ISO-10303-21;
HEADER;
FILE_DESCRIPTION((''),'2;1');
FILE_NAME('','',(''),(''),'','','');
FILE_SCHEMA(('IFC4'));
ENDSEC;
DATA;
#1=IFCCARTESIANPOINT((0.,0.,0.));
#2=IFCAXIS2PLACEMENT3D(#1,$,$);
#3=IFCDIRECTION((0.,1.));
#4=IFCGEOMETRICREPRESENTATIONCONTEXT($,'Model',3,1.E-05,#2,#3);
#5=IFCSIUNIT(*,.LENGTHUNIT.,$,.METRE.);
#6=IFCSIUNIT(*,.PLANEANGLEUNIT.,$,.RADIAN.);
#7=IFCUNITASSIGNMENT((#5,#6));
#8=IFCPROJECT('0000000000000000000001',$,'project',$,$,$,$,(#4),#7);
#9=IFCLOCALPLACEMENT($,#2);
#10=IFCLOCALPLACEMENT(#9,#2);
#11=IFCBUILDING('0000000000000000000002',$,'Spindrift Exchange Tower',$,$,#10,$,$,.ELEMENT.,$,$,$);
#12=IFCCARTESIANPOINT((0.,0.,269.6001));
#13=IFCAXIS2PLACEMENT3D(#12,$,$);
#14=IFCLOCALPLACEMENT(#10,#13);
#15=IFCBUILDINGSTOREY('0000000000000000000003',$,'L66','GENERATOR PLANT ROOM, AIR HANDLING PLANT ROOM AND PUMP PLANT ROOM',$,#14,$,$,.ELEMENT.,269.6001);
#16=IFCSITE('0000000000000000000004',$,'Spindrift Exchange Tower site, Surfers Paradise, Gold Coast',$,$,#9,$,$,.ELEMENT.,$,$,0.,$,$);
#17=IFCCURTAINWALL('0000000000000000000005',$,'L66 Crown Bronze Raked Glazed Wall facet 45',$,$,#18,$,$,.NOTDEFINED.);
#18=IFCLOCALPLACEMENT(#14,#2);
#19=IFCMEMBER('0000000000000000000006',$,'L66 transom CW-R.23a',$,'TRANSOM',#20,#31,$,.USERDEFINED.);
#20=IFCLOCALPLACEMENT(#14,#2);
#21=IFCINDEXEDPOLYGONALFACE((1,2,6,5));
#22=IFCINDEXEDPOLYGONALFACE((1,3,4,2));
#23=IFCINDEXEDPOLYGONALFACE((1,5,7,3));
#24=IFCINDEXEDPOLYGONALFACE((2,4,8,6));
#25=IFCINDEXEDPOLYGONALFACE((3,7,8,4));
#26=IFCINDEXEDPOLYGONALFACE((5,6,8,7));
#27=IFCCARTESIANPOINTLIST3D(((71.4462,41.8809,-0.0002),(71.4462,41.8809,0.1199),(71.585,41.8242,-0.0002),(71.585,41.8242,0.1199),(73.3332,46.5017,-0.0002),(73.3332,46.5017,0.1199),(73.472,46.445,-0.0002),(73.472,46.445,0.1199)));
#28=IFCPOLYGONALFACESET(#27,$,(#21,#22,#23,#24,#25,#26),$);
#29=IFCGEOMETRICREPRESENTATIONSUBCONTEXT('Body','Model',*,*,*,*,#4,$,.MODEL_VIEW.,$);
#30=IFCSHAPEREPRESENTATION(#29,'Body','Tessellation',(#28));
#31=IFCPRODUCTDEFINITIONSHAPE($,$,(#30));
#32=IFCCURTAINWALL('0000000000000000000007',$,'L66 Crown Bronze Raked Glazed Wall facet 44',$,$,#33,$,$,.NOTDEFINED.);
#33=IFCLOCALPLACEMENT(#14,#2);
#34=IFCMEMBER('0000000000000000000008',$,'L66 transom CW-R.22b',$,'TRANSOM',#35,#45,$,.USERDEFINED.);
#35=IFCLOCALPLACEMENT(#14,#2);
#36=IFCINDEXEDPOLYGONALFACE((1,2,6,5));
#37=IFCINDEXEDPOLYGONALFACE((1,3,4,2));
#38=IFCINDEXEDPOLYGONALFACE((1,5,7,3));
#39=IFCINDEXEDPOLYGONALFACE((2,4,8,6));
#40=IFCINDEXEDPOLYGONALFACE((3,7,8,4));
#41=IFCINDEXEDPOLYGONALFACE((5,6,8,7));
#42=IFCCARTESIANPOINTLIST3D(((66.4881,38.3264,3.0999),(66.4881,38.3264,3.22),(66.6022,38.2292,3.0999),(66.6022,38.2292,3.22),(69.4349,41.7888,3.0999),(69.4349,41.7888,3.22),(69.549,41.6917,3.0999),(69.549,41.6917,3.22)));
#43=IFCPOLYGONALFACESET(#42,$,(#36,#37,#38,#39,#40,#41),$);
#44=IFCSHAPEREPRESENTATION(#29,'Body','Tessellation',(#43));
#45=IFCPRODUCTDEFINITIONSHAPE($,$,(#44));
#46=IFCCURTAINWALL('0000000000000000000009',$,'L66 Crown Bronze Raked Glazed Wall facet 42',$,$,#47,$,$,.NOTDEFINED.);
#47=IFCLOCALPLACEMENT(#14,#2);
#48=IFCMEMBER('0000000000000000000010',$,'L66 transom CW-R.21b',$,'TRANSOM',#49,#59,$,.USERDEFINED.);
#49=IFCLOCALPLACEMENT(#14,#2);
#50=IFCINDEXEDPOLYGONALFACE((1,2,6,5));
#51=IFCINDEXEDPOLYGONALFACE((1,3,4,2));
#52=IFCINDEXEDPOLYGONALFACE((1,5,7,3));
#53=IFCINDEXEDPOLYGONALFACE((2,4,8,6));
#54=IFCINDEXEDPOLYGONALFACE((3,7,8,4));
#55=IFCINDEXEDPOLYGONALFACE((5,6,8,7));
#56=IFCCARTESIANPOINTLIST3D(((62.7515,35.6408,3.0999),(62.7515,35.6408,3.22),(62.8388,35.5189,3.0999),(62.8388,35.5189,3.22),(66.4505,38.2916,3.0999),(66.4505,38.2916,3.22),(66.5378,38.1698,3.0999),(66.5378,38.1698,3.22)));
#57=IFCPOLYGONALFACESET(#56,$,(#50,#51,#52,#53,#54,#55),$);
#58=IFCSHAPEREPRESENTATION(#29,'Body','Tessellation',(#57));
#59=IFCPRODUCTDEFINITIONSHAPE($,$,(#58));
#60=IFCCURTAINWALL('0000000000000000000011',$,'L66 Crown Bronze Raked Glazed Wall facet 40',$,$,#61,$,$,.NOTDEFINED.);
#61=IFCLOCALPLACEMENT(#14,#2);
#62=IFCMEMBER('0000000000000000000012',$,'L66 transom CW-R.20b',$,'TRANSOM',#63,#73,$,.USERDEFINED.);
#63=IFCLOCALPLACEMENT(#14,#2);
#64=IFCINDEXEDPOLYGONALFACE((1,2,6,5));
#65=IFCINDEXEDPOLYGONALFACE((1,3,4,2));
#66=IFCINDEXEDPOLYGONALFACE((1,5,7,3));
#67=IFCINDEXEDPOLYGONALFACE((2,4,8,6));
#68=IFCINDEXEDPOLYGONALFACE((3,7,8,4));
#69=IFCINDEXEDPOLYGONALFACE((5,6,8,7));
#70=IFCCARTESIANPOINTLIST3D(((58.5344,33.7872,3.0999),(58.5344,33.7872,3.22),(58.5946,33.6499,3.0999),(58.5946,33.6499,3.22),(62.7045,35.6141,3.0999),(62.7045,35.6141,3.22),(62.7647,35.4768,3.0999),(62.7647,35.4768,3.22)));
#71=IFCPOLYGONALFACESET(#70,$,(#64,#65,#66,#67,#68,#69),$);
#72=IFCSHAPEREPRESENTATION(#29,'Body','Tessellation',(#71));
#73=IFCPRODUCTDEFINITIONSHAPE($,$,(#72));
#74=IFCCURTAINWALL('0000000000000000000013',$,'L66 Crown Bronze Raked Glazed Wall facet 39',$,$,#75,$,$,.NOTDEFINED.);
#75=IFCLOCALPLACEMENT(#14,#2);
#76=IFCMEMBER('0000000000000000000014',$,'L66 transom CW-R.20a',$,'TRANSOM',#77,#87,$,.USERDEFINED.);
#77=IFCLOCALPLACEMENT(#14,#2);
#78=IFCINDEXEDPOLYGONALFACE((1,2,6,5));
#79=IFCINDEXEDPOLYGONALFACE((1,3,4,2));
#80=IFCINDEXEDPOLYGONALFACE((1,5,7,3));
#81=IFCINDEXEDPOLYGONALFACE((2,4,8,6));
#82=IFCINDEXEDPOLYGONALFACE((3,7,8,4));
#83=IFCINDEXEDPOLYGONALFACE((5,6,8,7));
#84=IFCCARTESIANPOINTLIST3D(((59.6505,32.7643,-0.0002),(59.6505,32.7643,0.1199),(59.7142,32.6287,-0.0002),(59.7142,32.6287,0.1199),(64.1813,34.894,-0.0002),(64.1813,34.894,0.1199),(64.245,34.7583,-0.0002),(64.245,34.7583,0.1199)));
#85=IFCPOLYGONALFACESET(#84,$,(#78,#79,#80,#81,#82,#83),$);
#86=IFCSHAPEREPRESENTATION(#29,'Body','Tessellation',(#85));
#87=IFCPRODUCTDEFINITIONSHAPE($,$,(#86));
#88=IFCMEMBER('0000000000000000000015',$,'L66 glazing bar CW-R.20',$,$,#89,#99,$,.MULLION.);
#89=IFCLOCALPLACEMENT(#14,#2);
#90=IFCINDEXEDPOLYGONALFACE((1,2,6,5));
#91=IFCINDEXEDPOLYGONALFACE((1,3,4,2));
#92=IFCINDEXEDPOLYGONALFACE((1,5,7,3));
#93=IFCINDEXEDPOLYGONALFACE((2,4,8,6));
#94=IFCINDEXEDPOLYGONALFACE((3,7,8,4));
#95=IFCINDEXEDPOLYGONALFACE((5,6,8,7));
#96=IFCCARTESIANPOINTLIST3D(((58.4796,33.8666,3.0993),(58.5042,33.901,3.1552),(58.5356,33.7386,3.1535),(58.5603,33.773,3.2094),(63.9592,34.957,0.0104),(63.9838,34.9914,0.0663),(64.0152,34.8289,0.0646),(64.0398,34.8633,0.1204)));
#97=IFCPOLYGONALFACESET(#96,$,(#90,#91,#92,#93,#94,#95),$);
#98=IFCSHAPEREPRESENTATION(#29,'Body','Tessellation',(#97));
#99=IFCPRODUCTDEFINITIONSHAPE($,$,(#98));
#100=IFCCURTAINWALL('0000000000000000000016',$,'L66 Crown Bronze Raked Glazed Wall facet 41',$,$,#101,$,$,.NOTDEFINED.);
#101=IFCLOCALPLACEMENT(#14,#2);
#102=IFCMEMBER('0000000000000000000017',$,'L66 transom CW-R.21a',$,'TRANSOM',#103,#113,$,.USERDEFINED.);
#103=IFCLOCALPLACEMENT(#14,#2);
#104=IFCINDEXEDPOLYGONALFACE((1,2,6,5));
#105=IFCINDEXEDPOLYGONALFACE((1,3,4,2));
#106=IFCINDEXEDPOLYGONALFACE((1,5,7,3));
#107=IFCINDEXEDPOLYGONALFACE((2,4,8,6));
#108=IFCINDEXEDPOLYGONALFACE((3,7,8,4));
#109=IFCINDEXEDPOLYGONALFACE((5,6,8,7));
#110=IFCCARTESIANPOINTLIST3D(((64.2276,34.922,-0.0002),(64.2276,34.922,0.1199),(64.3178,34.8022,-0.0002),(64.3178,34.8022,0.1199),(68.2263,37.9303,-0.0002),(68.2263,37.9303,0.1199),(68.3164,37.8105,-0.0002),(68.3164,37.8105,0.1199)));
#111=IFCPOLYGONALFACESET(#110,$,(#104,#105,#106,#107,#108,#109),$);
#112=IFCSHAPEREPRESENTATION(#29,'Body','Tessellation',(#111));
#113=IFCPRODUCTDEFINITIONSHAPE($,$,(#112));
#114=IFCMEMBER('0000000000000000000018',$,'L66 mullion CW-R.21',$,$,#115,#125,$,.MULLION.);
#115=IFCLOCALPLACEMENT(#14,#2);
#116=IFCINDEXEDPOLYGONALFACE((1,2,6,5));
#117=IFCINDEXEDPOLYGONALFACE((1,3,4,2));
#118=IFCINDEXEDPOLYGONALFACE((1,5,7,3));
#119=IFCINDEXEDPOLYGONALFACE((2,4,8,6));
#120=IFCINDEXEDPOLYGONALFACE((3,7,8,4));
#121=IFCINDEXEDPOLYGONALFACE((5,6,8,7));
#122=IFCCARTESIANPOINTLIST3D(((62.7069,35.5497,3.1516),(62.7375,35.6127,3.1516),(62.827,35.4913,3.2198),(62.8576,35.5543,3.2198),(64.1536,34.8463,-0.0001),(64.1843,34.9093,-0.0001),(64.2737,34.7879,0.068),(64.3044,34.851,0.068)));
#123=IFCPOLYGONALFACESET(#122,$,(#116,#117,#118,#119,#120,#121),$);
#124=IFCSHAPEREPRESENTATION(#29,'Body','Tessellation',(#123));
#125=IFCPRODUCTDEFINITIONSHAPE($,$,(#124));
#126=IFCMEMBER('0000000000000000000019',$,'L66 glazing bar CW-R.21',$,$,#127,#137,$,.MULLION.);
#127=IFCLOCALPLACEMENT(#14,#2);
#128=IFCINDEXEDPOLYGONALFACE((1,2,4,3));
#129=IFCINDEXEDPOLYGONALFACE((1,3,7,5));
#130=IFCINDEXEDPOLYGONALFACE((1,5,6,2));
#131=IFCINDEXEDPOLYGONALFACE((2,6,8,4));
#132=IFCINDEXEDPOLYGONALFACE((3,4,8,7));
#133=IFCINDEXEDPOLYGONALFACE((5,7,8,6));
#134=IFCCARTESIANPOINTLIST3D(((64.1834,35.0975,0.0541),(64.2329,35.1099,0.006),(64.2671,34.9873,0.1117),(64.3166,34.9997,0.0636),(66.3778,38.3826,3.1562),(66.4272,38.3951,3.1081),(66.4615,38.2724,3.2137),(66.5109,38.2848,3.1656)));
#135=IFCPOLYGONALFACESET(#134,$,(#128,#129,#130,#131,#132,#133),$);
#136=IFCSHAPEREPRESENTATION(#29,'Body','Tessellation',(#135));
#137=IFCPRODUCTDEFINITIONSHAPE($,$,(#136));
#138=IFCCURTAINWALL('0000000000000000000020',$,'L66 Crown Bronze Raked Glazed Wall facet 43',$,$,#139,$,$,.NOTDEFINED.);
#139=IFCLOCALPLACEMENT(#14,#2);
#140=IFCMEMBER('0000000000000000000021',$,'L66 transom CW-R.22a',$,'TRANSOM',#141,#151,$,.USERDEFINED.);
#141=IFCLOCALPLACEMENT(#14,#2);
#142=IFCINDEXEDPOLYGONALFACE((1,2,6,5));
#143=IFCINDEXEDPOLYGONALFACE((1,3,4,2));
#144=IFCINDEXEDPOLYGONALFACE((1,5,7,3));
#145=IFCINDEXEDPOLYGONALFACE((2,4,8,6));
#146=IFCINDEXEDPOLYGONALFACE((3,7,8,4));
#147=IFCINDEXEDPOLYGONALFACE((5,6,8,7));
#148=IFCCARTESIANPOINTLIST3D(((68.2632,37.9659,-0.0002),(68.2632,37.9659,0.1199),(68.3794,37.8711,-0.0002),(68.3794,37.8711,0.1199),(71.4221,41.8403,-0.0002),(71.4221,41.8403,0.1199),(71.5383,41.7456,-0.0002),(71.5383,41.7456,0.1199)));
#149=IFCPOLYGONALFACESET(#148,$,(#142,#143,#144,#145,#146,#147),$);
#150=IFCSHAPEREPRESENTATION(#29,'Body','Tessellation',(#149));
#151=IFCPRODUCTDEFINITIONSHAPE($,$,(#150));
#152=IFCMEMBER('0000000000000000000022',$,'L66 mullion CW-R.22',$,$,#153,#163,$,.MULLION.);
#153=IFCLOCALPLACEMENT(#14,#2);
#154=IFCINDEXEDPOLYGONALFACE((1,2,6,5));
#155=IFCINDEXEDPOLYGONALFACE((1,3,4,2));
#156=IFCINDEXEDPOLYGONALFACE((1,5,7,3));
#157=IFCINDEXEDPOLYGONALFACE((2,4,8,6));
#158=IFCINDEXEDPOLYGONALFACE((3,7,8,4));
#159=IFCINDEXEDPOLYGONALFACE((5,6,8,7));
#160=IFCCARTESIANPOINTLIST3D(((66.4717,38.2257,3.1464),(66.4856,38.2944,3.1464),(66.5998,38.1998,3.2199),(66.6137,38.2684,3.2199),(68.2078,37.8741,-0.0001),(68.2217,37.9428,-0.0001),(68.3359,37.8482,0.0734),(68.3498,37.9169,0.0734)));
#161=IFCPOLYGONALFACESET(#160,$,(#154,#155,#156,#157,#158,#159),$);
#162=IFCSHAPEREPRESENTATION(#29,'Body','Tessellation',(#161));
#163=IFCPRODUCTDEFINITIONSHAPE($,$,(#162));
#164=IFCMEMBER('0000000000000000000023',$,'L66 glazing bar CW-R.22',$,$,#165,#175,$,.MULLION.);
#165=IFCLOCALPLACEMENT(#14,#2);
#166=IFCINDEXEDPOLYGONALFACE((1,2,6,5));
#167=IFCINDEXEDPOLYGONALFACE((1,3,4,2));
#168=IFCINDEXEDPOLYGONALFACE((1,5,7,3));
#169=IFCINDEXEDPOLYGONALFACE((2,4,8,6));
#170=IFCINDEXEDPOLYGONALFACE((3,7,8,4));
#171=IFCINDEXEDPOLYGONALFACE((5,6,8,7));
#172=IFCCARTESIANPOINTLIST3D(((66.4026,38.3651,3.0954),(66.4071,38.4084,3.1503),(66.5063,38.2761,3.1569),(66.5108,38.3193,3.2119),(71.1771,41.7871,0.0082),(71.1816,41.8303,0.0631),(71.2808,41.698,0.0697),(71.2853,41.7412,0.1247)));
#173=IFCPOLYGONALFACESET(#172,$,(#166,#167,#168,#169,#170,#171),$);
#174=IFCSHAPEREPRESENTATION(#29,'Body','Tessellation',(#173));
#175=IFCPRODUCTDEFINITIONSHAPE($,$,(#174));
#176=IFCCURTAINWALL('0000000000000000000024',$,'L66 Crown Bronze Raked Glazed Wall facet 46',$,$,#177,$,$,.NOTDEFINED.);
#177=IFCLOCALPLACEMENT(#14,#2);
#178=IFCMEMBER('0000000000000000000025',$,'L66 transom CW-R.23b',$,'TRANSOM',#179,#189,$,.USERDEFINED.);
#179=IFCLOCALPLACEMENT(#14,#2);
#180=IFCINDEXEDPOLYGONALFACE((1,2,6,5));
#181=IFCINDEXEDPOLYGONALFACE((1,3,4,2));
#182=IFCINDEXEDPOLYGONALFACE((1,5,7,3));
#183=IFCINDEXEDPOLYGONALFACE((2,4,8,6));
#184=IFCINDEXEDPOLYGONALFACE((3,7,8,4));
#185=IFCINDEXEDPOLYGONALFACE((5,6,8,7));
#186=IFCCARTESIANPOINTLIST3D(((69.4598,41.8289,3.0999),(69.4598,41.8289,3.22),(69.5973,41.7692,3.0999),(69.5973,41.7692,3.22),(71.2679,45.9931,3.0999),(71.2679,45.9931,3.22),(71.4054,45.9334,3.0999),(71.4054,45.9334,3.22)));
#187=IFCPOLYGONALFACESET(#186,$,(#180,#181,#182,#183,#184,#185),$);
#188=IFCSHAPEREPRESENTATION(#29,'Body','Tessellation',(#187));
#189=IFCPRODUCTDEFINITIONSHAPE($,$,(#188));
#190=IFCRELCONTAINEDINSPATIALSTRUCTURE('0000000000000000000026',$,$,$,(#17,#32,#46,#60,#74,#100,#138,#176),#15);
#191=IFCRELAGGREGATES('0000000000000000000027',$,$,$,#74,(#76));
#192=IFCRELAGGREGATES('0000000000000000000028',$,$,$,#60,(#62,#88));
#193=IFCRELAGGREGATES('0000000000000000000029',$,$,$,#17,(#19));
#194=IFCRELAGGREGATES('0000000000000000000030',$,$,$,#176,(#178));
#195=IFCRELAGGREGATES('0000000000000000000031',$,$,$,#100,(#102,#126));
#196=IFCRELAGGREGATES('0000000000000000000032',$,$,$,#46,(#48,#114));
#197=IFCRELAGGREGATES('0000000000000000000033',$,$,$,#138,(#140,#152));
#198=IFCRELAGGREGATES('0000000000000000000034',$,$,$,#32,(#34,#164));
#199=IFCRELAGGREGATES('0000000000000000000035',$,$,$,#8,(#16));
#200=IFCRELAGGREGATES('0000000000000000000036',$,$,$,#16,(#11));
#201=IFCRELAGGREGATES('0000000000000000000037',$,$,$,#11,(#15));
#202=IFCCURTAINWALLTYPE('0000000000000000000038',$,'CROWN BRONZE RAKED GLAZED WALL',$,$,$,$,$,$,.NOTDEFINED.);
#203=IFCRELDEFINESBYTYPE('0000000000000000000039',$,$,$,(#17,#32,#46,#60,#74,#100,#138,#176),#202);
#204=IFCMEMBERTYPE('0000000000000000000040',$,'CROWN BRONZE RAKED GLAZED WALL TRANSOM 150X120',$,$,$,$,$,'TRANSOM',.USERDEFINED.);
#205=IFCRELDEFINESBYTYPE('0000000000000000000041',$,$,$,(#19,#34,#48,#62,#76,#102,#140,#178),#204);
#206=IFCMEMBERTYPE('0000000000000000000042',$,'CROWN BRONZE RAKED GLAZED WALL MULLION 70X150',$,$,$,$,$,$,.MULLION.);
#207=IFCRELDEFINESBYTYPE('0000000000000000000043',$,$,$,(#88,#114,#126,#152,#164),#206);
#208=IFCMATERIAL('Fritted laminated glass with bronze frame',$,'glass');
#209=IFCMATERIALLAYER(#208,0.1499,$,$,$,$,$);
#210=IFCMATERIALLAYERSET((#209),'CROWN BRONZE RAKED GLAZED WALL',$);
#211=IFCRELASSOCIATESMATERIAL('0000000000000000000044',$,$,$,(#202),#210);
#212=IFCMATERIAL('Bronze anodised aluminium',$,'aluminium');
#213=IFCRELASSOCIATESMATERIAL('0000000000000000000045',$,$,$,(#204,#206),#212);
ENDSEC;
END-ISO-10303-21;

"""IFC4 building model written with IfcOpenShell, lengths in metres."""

from ifc_helpers import new_model, si_unit, direction, frame, origin, origin_2d, place, context, subcontext, project, spatial, rectangle, extrude, source, transform, mapped, material, layer, layer_set, material_profile, profile_set, type_object, element, aggregate, save


model = new_model("IFC4")

# Units and contexts
model_context = context("Model", 3, precision=1e-05, world=origin(), true_north=direction((0.0, 1.0)))
body_context = subcontext(model_context, "Body", "Model", "MODEL_VIEW")
ifc_project = project(units=[si_unit("LENGTHUNIT", "METRE"), si_unit("PLANEANGLEUNIT", "RADIAN")], contexts=[model_context])

# Site, building, storey
site_placement = place(None, origin())
site = spatial("IfcSite", under=ifc_project, at=site_placement, Name="Spindrift Exchange Tower site, Surfers Paradise, Gold Coast", CompositionType="ELEMENT", RefElevation=0.0)
building_placement = place(site_placement, origin())
building = spatial("IfcBuilding", under=site, at=building_placement, Name="Spindrift Exchange Tower", CompositionType="ELEMENT")
storey_placement = place(building_placement, frame((0.0, 0.0, 269.6001)))
storey = spatial("IfcBuildingStorey", under=building, at=storey_placement, Name="L66", Description="GENERATOR PLANT ROOM, AIR HANDLING PLANT ROOM AND PUMP PLANT ROOM", CompositionType="ELEMENT", Elevation=269.6001)

# Curtain walls, members
ifc_material_1 = material(Name="Fritted laminated glass with bronze frame", Category="glass")
ifc_layer_1 = layer(ifc_material_1, 0.1499)
ifc_layer_set_1 = layer_set([ifc_layer_1], Name="CROWN BRONZE RAKED GLAZED WALL")
curtain_wall_type = type_object("IfcCurtainWallType", Name="CROWN BRONZE RAKED GLAZED WALL", PredefinedType="NOTDEFINED", material=ifc_layer_set_1)
curtain_wall_1_placement = place(storey_placement, origin())
curtain_wall_1 = element("IfcCurtainWall", 1, at=curtain_wall_1_placement, inside=storey, type_object=curtain_wall_type, Name="L66 Crown Bronze Raked Glazed Wall facet 45", PredefinedType="NOTDEFINED")
ifc_material_2 = material(Name="Bronze anodised aluminium", Category="aluminium")
ifc_material_profile_1 = material_profile(ifc_material_2, rectangle(XDim=0.1499, YDim=0.1201, at=origin_2d()), Name="CROWN BRONZE RAKED GLAZED WALL TRANSOM 150X120")
ifc_profile_set_1 = profile_set([ifc_material_profile_1], Name="Bronze anodised aluminium")
member_type_1 = type_object("IfcMemberType", Name="CROWN BRONZE RAKED GLAZED WALL TRANSOM 150X120", ElementType="TRANSOM", PredefinedType="USERDEFINED", material=ifc_profile_set_1)
shared_shape_1 = source(origin(), body_context, "Body", "SweptSolid", [
    extrude(rectangle(XDim=0.1499, YDim=0.1201, at=origin_2d()), origin(), (0.0, 0.0, 1.0), 4.9912),
])
member_1_placement = place(storey_placement, frame((71.5156, 41.8525, 0.0598), z_axis=(0.378052, 0.925784, 0.0), x_axis=(-0.925784, 0.378052, 0.0)))
member_1 = element("IfcMember", 2, at=member_1_placement, type_object=member_type_1, Name="L66 transom CW-R.23a", ObjectType="TRANSOM", PredefinedType="USERDEFINED", context=body_context, shape_type="MappedRepresentation", body=[
    mapped(shared_shape_1, transform((0.0, 0.0, 0.0), scale=1.0)),
])
curtain_wall_2_placement = place(storey_placement, origin())
curtain_wall_2 = element("IfcCurtainWall", 3, at=curtain_wall_2_placement, inside=storey, type_object=curtain_wall_type, Name="L66 Crown Bronze Raked Glazed Wall facet 44", PredefinedType="NOTDEFINED")
shared_shape_2 = source(origin(), body_context, "Body", "SweptSolid", [
    extrude(rectangle(XDim=0.1499, YDim=0.1201, at=origin_2d()), origin(), (0.0, 0.0, 1.0), 4.5466),
])
member_2_placement = place(storey_placement, frame((69.4919, 41.7402, 3.1599), z_axis=(-0.648125, -0.761534, 0.0), x_axis=(0.761534, -0.648125, 0.0)))
member_2 = element("IfcMember", 4, at=member_2_placement, type_object=member_type_1, Name="L66 transom CW-R.22b", ObjectType="TRANSOM", PredefinedType="USERDEFINED", context=body_context, shape_type="MappedRepresentation", body=[
    mapped(shared_shape_2, transform((0.0, 0.0, 0.0), scale=1.0)),
])
curtain_wall_3_placement = place(storey_placement, origin())
curtain_wall_3 = element("IfcCurtainWall", 5, at=curtain_wall_3_placement, inside=storey, type_object=curtain_wall_type, Name="L66 Crown Bronze Raked Glazed Wall facet 42", PredefinedType="NOTDEFINED")
shared_shape_3 = source(origin(), body_context, "Body", "SweptSolid", [
    extrude(rectangle(XDim=0.1499, YDim=0.1201, at=origin_2d()), origin(), (0.0, 0.0, 1.0), 4.5508),
])
member_3_placement = place(storey_placement, frame((62.7952, 35.5798, 3.1599), z_axis=(0.812823, 0.582511, 0.0), x_axis=(-0.582511, 0.812823, 0.0)))
member_3 = element("IfcMember", 6, at=member_3_placement, type_object=member_type_1, Name="L66 transom CW-R.21b", ObjectType="TRANSOM", PredefinedType="USERDEFINED", context=body_context, shape_type="MappedRepresentation", body=[
    mapped(shared_shape_3, transform((0.0, 0.0, 0.0), scale=1.0)),
])
curtain_wall_4_placement = place(storey_placement, origin())
curtain_wall_4 = element("IfcCurtainWall", 7, at=curtain_wall_4_placement, inside=storey, type_object=curtain_wall_type, Name="L66 Crown Bronze Raked Glazed Wall facet 40", PredefinedType="NOTDEFINED")
shared_shape_4 = source(origin(), body_context, "Body", "SweptSolid", [
    extrude(rectangle(XDim=0.1499, YDim=0.1201, at=origin_2d()), origin(), (0.0, 0.0, 1.0), 4.5527),
])
member_4_placement = place(storey_placement, frame((62.7346, 35.5454, 3.1599), z_axis=(-0.915959, -0.401272, 0.0), x_axis=(0.401272, -0.915959, 0.0)))
member_4 = element("IfcMember", 8, at=member_4_placement, type_object=member_type_1, Name="L66 transom CW-R.20b", ObjectType="TRANSOM", PredefinedType="USERDEFINED", context=body_context, shape_type="MappedRepresentation", body=[
    mapped(shared_shape_4, transform((0.0, 0.0, 0.0), scale=1.0)),
])
curtain_wall_5_placement = place(storey_placement, origin())
curtain_wall_5 = element("IfcCurtainWall", 9, at=curtain_wall_5_placement, inside=storey, type_object=curtain_wall_type, Name="L66 Crown Bronze Raked Glazed Wall facet 39", PredefinedType="NOTDEFINED")
shared_shape_5 = source(origin(), body_context, "Body", "SweptSolid", [
    extrude(rectangle(XDim=0.1499, YDim=0.1201, at=origin_2d()), origin(), (0.0, 0.0, 1.0), 5.0063),
])
member_5_placement = place(storey_placement, frame((64.2131, 34.8262, 0.0598), z_axis=(-0.90501, -0.425391, 0.0), x_axis=(0.425391, -0.90501, 0.0)))
member_5 = element("IfcMember", 10, at=member_5_placement, type_object=member_type_1, Name="L66 transom CW-R.20a", ObjectType="TRANSOM", PredefinedType="USERDEFINED", context=body_context, shape_type="MappedRepresentation", body=[
    mapped(shared_shape_5, transform((0.0, 0.0, 0.0), scale=1.0)),
])

# Member
ifc_material_profile_2 = material_profile(ifc_material_2, rectangle(XDim=0.0701, YDim=0.1499, at=origin_2d()), Name="CROWN BRONZE RAKED GLAZED WALL MULLION 70X150")
ifc_profile_set_2 = profile_set([ifc_material_profile_2], Name="Bronze anodised aluminium")
member_type_2 = type_object("IfcMemberType", Name="CROWN BRONZE RAKED GLAZED WALL MULLION 70X150", PredefinedType="MULLION", material=ifc_profile_set_2)
shared_shape_6 = source(origin(), body_context, "Body", "SweptSolid", [
    extrude(rectangle(XDim=0.0701, YDim=0.1499, at=origin_2d()), origin(), (0.0, 0.0, 1.0), 6.384),
])
member_6_placement = place(storey_placement, frame((63.9995, 34.9102, 0.0654), z_axis=(-0.858324, -0.170793, 0.483849), x_axis=(-0.351561, -0.491108, -0.797006)))
member_6 = element("IfcMember", 11, at=member_6_placement, type_object=member_type_2, Name="L66 glazing bar CW-R.20", PredefinedType="MULLION", context=body_context, shape_type="MappedRepresentation", body=[
    mapped(shared_shape_6, transform((0.0, 0.0, 0.0), scale=1.0)),
])

# Curtain wall, member
curtain_wall_6_placement = place(storey_placement, origin())
curtain_wall_6 = element("IfcCurtainWall", 12, at=curtain_wall_6_placement, inside=storey, type_object=curtain_wall_type, Name="L66 Crown Bronze Raked Glazed Wall facet 41", PredefinedType="NOTDEFINED")
shared_shape_7 = source(origin(), body_context, "Body", "SweptSolid", [
    extrude(rectangle(XDim=0.1499, YDim=0.1201, at=origin_2d()), origin(), (0.0, 0.0, 1.0), 5.0039),
])
member_7_placement = place(storey_placement, frame((64.2727, 34.8621, 0.0598), z_axis=(0.799097, 0.601202, 0.0), x_axis=(-0.601202, 0.799097, 0.0)))
member_7 = element("IfcMember", 13, at=member_7_placement, type_object=member_type_1, Name="L66 transom CW-R.21a", ObjectType="TRANSOM", PredefinedType="USERDEFINED", context=body_context, shape_type="MappedRepresentation", body=[
    mapped(shared_shape_7, transform((0.0, 0.0, 0.0), scale=1.0)),
])

# Members
shared_shape_8 = source(origin(), body_context, "Body", "SweptSolid", [
    extrude(rectangle(XDim=0.0701, YDim=0.1499, at=origin_2d()), origin(), (0.0, 0.0, 1.0), 3.5386),
])
member_8_placement = place(storey_placement, frame((64.229, 34.8486, 0.0339), z_axis=(-0.408849, 0.198767, 0.890693), x_axis=(-0.43723, -0.89935, 0.0)))
member_8 = element("IfcMember", 14, at=member_8_placement, type_object=member_type_2, Name="L66 mullion CW-R.21", PredefinedType="MULLION", context=body_context, shape_type="MappedRepresentation", body=[
    mapped(shared_shape_8, transform((0.0, 0.0, 0.0), scale=1.0)),
])
shared_shape_9 = source(origin(), body_context, "Body", "SweptSolid", [
    extrude(rectangle(XDim=0.0701, YDim=0.1499, at=origin_2d()), origin(), (0.0, 0.0, 1.0), 5.0229),
])
member_9_placement = place(storey_placement, frame((64.25, 35.0486, 0.0588), z_axis=(0.436862, 0.654029, 0.617575), x_axis=(-0.705212, -0.177186, 0.6865)))
member_9 = element("IfcMember", 15, at=member_9_placement, type_object=member_type_2, Name="L66 glazing bar CW-R.21", PredefinedType="MULLION", context=body_context, shape_type="MappedRepresentation", body=[
    mapped(shared_shape_9, transform((0.0, 0.0, 0.0), scale=1.0)),
])

# Curtain wall, members
curtain_wall_7_placement = place(storey_placement, origin())
curtain_wall_7 = element("IfcCurtainWall", 16, at=curtain_wall_7_placement, inside=storey, type_object=curtain_wall_type, Name="L66 Crown Bronze Raked Glazed Wall facet 43", PredefinedType="NOTDEFINED")
shared_shape_10 = source(origin(), body_context, "Body", "SweptSolid", [
    extrude(rectangle(XDim=0.1499, YDim=0.1201, at=origin_2d()), origin(), (0.0, 0.0, 1.0), 4.999),
])
member_10_placement = place(storey_placement, frame((71.4802, 41.793, 0.0598), z_axis=(-0.631904, -0.775046, 0.0), x_axis=(0.775046, -0.631904, 0.0)))
member_10 = element("IfcMember", 17, at=member_10_placement, type_object=member_type_1, Name="L66 transom CW-R.22a", ObjectType="TRANSOM", PredefinedType="USERDEFINED", context=body_context, shape_type="MappedRepresentation", body=[
    mapped(shared_shape_10, transform((0.0, 0.0, 0.0), scale=1.0)),
])
shared_shape_11 = source(origin(), body_context, "Body", "SweptSolid", [
    extrude(rectangle(XDim=0.0701, YDim=0.1499, at=origin_2d()), origin(), (0.0, 0.0, 1.0), 3.6108),
])
member_11_placement = place(storey_placement, frame((68.2788, 37.8955, 0.0366), z_axis=(-0.480802, 0.097364, 0.871407), x_axis=(-0.198475, -0.980106, 0.0)))
member_11 = element("IfcMember", 18, at=member_11_placement, type_object=member_type_2, Name="L66 mullion CW-R.22", PredefinedType="MULLION", context=body_context, shape_type="MappedRepresentation", body=[
    mapped(shared_shape_11, transform((0.0, 0.0, 0.0), scale=1.0)),
])

# Member
shared_shape_12 = source(origin(), body_context, "Body", "SweptSolid", [
    extrude(rectangle(XDim=0.0701, YDim=0.1499, at=origin_2d()), origin(), (0.0, 0.0, 1.0), 6.636),
])
member_12_placement = place(storey_placement, frame((71.2312, 41.7642, 0.0664), z_axis=(-0.719486, -0.515663, 0.465223), x_axis=(-0.06468, -0.617198, -0.784145)))
member_12 = element("IfcMember", 19, at=member_12_placement, type_object=member_type_2, Name="L66 glazing bar CW-R.22", PredefinedType="MULLION", context=body_context, shape_type="MappedRepresentation", body=[
    mapped(shared_shape_12, transform((0.0, 0.0, 0.0), scale=1.0)),
])

# Curtain wall, member
curtain_wall_8_placement = place(storey_placement, origin())
curtain_wall_8 = element("IfcCurtainWall", 20, at=curtain_wall_8_placement, inside=storey, type_object=curtain_wall_type, Name="L66 Crown Bronze Raked Glazed Wall facet 46", PredefinedType="NOTDEFINED")
shared_shape_13 = source(origin(), body_context, "Body", "SweptSolid", [
    extrude(rectangle(XDim=0.1499, YDim=0.1201, at=origin_2d()), origin(), (0.0, 0.0, 1.0), 4.5398),
])
member_13_placement = place(storey_placement, frame((69.5286, 41.7991, 3.1599), z_axis=(0.39827, 0.917268, 0.0), x_axis=(-0.917268, 0.39827, 0.0)))
member_13 = element("IfcMember", 21, at=member_13_placement, type_object=member_type_1, Name="L66 transom CW-R.23b", ObjectType="TRANSOM", PredefinedType="USERDEFINED", context=body_context, shape_type="MappedRepresentation", body=[
    mapped(shared_shape_13, transform((0.0, 0.0, 0.0), scale=1.0)),
])

aggregate(curtain_wall_5, [member_5])
aggregate(curtain_wall_4, [member_4, member_6])
aggregate(curtain_wall_1, [member_1])
aggregate(curtain_wall_8, [member_13])
aggregate(curtain_wall_6, [member_7, member_9])
aggregate(curtain_wall_3, [member_3, member_8])
aggregate(curtain_wall_7, [member_10, member_11])
aggregate(curtain_wall_2, [member_2, member_12])

save(model, "model.ifc")
